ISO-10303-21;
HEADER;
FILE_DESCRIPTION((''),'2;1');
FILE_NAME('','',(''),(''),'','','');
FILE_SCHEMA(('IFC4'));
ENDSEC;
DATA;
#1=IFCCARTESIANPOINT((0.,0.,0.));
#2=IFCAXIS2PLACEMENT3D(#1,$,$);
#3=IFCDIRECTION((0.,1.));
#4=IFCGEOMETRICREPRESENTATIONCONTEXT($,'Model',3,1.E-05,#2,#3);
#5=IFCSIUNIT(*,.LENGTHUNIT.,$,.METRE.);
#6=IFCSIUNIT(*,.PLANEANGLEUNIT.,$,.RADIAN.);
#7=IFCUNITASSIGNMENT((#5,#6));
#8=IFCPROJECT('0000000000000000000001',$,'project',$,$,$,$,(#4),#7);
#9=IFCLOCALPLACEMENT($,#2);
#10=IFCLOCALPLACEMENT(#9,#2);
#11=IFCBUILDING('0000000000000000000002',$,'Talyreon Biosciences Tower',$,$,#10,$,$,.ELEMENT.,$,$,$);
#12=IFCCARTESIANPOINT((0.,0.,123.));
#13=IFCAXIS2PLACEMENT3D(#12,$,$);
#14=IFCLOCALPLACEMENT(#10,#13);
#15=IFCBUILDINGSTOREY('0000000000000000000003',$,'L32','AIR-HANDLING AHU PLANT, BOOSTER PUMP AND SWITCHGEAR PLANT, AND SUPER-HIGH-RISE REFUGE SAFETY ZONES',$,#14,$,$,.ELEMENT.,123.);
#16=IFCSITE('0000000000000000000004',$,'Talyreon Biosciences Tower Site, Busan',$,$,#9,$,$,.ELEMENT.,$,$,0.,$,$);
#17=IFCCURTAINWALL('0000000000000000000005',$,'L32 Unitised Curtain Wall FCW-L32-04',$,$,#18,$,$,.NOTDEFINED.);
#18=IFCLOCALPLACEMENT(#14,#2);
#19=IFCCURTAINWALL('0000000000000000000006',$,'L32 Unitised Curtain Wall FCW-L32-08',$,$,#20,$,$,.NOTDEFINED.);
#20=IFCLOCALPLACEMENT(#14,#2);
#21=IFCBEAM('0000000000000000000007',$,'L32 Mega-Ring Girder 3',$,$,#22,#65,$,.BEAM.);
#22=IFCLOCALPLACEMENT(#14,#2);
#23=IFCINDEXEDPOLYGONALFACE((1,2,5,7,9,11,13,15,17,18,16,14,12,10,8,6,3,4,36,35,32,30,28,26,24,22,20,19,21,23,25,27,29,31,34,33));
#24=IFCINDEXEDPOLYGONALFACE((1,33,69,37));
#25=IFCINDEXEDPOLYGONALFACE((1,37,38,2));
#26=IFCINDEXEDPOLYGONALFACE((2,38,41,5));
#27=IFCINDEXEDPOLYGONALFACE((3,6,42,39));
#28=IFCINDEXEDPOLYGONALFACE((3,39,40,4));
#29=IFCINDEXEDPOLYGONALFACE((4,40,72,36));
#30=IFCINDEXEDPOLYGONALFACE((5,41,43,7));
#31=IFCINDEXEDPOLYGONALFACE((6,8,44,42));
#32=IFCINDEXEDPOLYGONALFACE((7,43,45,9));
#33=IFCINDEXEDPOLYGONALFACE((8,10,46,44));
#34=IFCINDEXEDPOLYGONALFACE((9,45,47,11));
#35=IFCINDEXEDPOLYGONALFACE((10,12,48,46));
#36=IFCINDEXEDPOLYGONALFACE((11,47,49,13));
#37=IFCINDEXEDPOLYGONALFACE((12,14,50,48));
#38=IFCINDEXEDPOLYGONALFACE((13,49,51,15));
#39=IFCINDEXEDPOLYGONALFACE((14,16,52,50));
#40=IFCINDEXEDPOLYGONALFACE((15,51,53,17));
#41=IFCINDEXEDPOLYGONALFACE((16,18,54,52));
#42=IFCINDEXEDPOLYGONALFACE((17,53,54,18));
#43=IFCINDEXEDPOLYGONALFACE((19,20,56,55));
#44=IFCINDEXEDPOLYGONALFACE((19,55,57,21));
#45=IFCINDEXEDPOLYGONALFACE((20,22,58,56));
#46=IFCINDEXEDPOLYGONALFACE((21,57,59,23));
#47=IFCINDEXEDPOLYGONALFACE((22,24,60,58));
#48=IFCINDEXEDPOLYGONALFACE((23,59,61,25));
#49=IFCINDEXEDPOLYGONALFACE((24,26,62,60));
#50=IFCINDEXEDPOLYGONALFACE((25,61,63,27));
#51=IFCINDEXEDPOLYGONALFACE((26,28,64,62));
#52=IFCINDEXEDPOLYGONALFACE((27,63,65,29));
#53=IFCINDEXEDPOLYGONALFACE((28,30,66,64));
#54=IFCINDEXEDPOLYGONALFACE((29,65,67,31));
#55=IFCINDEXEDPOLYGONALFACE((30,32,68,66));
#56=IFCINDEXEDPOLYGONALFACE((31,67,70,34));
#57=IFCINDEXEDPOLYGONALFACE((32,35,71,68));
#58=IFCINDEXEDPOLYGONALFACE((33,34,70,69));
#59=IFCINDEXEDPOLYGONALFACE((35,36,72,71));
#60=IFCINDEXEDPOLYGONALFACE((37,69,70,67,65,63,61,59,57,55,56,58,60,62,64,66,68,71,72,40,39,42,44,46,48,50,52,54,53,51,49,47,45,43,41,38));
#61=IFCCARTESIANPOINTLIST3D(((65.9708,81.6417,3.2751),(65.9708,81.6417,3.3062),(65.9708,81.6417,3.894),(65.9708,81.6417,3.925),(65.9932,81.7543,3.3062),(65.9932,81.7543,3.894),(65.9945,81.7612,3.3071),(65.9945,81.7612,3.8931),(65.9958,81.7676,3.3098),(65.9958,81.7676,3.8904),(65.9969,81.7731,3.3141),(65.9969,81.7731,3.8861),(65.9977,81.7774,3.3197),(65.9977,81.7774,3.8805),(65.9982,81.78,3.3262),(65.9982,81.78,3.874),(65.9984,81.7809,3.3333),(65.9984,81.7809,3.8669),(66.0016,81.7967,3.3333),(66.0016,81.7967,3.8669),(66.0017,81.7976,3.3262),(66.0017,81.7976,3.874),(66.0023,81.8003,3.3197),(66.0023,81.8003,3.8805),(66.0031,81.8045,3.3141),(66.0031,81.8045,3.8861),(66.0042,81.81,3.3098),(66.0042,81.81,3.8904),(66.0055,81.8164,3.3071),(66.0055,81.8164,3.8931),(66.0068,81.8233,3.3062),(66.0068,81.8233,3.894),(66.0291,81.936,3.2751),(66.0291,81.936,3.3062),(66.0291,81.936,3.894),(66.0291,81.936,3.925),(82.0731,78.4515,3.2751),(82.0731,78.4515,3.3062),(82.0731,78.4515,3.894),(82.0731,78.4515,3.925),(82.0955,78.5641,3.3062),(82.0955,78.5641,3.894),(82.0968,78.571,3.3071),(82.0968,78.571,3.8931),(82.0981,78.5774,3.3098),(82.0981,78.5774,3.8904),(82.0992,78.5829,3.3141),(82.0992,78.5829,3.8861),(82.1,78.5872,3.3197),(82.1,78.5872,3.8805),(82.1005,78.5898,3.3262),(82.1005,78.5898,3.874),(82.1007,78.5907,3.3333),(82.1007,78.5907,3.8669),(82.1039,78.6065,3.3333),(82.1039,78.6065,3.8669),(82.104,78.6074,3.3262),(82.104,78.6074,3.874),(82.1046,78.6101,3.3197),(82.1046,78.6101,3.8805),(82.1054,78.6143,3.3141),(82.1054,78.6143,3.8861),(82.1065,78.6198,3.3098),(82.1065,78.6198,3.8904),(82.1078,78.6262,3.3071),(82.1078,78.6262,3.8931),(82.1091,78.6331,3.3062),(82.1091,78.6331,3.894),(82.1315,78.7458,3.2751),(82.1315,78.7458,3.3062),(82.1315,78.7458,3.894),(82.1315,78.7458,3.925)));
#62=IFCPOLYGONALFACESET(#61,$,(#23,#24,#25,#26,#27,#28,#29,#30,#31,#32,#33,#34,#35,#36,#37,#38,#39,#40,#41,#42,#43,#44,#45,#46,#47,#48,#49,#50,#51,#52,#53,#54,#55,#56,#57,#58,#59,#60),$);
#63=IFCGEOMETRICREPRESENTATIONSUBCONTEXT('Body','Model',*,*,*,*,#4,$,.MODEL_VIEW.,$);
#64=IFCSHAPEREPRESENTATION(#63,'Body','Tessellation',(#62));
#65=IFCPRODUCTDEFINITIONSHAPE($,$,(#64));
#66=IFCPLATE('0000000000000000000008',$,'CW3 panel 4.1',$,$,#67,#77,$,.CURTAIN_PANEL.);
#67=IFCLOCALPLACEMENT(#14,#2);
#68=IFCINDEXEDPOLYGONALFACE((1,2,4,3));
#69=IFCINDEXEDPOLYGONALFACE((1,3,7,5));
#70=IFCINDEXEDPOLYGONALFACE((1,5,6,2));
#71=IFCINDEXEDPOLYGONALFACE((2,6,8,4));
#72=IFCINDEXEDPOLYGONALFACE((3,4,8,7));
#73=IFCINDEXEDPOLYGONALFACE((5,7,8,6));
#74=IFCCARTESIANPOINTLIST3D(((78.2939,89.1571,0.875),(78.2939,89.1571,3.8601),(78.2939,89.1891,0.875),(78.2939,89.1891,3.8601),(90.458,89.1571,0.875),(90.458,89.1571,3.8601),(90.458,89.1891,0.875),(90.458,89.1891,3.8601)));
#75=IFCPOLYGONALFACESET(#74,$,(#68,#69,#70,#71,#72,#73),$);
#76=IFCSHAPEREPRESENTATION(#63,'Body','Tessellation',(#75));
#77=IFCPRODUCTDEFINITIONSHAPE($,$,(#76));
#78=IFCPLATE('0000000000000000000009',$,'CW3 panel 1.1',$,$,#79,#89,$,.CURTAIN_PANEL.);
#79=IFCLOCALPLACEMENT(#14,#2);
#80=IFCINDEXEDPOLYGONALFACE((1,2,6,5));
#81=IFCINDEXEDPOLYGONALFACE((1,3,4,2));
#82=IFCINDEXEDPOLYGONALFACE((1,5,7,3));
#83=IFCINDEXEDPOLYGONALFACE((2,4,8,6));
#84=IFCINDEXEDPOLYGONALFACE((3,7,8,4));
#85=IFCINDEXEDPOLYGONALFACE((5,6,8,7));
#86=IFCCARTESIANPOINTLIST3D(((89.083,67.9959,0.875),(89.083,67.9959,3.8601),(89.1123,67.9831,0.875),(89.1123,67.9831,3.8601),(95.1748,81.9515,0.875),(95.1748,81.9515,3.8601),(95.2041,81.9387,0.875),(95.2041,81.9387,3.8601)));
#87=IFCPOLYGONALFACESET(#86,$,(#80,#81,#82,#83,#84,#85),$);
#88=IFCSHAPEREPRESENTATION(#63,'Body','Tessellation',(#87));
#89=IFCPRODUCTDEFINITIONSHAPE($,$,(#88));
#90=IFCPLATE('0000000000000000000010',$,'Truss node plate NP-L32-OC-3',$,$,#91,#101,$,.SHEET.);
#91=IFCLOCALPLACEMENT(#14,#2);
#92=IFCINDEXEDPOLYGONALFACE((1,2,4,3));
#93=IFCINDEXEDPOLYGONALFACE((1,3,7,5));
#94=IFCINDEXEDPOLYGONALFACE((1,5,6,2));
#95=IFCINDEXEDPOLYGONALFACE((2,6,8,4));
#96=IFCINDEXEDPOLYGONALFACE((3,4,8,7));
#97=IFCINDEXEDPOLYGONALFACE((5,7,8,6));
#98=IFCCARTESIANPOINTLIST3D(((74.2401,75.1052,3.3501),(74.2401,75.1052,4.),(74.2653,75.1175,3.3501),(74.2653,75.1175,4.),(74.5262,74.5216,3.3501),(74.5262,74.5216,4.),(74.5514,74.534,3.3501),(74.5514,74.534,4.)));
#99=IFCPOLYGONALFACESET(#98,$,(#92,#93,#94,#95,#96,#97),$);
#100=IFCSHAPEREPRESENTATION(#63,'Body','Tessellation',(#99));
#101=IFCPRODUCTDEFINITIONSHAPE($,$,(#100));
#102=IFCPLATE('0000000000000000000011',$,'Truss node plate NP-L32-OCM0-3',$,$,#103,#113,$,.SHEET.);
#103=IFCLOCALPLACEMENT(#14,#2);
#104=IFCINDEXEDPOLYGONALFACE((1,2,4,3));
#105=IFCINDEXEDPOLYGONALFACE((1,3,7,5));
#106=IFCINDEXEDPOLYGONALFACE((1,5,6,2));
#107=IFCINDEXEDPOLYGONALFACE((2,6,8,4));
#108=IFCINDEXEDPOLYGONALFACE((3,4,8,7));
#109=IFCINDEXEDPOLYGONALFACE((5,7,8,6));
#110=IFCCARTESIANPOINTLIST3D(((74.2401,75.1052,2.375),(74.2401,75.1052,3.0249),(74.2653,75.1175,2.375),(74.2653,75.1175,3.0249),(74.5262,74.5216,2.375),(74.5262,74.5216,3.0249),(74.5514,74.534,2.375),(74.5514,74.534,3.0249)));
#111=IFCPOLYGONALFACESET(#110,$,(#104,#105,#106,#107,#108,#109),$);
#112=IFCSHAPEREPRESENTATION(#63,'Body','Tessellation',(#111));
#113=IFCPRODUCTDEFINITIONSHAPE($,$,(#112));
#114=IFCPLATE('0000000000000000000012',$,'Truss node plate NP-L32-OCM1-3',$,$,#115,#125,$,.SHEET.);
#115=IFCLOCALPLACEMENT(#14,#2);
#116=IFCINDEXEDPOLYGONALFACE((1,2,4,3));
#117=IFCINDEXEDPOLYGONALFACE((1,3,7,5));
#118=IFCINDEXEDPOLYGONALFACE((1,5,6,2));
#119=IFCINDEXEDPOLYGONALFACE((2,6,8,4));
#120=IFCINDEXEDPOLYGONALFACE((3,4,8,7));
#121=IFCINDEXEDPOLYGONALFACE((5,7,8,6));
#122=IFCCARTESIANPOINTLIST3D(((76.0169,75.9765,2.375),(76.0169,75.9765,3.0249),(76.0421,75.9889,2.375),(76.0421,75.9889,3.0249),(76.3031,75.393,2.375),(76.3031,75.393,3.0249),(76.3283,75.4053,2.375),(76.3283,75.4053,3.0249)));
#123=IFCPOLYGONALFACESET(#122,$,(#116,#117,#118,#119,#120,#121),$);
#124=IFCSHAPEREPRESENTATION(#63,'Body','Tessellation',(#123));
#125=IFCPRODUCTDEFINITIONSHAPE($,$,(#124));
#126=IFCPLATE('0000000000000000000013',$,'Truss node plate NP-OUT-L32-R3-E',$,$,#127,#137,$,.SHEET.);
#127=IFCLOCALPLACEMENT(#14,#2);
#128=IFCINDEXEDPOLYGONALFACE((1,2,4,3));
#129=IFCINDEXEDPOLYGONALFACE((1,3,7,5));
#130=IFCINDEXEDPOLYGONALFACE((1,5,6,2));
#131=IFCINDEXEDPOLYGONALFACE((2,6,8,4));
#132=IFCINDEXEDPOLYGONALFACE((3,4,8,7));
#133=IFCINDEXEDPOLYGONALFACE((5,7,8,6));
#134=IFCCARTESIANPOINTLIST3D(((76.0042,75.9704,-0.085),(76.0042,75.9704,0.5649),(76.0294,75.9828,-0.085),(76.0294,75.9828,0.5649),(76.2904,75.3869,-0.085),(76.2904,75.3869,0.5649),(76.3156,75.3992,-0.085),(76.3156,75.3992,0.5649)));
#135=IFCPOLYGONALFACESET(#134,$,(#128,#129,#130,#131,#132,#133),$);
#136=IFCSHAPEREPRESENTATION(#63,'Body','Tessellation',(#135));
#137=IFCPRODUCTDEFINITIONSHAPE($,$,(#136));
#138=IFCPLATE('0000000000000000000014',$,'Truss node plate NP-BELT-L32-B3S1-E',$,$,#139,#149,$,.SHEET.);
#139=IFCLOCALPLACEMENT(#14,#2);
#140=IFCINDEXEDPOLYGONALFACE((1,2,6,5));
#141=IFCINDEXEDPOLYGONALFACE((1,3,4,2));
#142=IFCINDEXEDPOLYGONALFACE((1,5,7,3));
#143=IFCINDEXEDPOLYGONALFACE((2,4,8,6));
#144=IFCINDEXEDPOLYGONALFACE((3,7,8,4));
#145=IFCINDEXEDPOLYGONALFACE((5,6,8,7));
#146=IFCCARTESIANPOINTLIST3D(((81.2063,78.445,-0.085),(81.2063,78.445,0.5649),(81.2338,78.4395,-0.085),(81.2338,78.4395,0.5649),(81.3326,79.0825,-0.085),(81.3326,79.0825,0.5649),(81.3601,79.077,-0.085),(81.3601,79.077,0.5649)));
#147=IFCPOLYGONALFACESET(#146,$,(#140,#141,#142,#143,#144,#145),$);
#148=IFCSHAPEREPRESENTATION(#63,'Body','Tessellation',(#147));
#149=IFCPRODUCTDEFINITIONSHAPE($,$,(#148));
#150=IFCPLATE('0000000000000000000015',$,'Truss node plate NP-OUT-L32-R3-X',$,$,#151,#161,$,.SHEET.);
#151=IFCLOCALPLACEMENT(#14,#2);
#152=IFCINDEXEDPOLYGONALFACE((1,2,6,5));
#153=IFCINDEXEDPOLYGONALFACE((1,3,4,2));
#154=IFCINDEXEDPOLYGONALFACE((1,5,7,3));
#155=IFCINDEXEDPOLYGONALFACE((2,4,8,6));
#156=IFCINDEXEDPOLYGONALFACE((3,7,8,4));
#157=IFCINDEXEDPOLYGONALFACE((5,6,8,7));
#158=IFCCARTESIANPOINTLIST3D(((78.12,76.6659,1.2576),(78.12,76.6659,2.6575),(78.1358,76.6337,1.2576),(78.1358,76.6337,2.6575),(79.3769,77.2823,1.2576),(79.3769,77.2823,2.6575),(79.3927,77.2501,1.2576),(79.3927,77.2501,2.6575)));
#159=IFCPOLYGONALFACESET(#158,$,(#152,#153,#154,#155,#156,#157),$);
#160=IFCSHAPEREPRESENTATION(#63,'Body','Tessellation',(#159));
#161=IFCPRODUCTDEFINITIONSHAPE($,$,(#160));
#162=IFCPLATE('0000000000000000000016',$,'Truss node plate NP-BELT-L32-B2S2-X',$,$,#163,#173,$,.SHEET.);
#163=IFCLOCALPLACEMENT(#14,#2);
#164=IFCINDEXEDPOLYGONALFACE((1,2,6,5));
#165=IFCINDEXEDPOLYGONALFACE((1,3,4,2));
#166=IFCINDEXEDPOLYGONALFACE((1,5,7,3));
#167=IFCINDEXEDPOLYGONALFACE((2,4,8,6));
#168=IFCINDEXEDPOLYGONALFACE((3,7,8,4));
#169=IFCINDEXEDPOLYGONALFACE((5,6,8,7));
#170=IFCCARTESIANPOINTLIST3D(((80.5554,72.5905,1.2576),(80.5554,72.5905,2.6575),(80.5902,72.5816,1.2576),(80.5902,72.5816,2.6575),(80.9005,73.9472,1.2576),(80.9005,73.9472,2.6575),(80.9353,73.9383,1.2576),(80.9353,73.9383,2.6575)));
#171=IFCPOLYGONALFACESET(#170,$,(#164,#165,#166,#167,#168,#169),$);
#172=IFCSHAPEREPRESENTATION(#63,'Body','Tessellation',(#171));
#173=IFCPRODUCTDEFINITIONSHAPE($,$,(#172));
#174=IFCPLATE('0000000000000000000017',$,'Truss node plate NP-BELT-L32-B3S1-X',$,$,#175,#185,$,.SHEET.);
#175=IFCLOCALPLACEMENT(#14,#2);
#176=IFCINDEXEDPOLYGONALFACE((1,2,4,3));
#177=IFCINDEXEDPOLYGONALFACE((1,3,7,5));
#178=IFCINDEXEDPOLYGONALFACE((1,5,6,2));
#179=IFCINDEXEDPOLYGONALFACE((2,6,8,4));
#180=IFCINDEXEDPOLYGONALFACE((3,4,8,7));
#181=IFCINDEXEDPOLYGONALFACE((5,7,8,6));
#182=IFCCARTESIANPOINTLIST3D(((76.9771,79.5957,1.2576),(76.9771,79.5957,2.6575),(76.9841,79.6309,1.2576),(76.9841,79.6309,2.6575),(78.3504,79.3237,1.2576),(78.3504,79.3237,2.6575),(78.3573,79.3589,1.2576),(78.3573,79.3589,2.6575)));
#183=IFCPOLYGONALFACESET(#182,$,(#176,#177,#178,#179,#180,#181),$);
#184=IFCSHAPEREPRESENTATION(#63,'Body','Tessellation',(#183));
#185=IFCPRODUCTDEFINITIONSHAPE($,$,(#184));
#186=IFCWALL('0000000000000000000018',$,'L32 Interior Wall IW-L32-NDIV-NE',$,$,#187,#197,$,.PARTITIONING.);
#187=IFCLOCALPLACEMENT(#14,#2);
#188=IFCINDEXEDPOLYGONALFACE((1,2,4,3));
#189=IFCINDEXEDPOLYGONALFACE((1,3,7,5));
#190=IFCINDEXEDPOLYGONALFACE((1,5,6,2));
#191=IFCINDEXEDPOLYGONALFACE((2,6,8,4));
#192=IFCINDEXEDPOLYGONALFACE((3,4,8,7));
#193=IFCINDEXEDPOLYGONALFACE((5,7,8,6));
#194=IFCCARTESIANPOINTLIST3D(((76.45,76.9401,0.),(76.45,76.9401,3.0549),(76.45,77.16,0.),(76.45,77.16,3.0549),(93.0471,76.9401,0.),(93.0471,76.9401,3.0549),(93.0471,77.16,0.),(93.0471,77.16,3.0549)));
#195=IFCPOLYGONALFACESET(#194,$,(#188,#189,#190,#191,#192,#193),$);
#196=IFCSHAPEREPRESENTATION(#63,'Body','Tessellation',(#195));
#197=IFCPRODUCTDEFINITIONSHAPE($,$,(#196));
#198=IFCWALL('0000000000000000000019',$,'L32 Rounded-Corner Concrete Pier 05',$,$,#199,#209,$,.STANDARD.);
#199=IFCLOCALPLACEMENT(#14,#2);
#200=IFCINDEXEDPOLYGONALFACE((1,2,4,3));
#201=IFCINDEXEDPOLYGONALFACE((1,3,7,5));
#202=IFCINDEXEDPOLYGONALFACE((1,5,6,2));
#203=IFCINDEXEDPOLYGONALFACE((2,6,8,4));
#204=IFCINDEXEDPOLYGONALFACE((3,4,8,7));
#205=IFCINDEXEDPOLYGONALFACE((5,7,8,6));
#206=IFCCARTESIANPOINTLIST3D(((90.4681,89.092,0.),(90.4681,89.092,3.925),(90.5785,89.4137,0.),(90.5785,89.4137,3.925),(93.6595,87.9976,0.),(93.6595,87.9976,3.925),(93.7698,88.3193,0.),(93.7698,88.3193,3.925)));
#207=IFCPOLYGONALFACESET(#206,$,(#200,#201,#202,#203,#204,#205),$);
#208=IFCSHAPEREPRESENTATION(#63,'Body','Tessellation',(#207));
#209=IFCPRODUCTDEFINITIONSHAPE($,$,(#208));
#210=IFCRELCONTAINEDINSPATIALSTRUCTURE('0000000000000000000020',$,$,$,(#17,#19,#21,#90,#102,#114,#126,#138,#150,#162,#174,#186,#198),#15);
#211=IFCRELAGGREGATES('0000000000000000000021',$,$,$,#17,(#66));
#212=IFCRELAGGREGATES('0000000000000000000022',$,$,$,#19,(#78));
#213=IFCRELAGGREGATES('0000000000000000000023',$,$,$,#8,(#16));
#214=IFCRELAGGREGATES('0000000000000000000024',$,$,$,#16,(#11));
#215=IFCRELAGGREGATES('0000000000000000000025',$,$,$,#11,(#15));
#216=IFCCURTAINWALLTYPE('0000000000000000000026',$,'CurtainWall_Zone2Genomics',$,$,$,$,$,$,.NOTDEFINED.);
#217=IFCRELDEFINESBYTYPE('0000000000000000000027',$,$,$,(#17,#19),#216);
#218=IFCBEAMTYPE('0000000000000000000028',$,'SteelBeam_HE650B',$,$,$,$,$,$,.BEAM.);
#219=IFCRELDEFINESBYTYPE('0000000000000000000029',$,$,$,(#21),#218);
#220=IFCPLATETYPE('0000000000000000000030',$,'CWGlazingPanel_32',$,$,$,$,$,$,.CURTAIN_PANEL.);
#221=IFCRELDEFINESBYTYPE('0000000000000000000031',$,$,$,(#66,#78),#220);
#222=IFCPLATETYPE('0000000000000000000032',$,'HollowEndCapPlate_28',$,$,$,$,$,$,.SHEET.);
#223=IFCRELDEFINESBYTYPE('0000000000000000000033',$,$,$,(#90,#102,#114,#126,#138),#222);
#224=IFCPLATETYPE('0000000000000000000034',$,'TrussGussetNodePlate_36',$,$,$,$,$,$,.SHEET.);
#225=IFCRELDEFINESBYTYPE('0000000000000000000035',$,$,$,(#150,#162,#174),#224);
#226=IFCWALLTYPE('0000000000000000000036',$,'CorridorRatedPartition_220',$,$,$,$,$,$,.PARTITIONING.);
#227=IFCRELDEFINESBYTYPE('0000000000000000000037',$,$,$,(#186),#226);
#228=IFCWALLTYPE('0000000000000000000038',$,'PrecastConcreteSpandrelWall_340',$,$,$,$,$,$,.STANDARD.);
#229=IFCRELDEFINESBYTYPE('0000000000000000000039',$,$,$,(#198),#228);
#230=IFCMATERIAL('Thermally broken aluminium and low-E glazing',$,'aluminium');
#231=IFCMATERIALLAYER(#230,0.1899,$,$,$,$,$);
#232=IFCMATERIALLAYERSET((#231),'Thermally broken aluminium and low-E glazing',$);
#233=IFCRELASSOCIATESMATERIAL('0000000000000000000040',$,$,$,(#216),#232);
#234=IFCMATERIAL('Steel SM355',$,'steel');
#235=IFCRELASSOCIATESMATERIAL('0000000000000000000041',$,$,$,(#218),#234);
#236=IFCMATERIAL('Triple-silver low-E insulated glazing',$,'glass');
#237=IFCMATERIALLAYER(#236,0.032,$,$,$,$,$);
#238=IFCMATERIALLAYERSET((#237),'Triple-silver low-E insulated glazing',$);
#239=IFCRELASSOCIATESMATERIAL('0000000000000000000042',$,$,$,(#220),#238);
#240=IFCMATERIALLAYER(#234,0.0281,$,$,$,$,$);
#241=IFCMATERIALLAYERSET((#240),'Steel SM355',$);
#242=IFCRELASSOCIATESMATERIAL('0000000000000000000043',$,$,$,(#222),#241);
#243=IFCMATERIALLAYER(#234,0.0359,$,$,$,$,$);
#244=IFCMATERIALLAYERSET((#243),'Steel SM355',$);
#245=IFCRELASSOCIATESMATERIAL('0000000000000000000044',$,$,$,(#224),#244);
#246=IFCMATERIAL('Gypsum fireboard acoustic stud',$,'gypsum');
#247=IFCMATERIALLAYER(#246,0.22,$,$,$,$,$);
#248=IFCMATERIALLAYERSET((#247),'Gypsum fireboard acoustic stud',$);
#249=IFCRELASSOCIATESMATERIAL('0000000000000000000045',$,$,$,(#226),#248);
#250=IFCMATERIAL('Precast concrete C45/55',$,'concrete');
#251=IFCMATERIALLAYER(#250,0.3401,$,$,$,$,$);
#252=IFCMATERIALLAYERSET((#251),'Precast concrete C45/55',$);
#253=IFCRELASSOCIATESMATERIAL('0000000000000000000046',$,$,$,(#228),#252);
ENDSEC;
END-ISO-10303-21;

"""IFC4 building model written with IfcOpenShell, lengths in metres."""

from ifc_helpers import new_model, si_unit, direction, frame, frame_2d, origin, origin_2d, place, context, subcontext, project, spatial, rectangle, i_section, extrude, material, layer, layer_set, material_profile, profile_set, type_object, element, aggregate, save


model = new_model("IFC4")

# Units and contexts
model_context = context("Model", 3, precision=1e-05, world=origin(), true_north=direction((0.0, 1.0)))
body_context = subcontext(model_context, "Body", "Model", "MODEL_VIEW")
ifc_project = project(units=[si_unit("LENGTHUNIT", "METRE"), si_unit("PLANEANGLEUNIT", "RADIAN")], contexts=[model_context])

# Site, building, storey
site_placement = place(None, origin())
site = spatial("IfcSite", under=ifc_project, at=site_placement, Name="Talyreon Biosciences Tower Site, Busan", CompositionType="ELEMENT", RefElevation=0.0)
building_placement = place(site_placement, origin())
building = spatial("IfcBuilding", under=site, at=building_placement, Name="Talyreon Biosciences Tower", CompositionType="ELEMENT")
storey_placement = place(building_placement, frame((0.0, 0.0, 123.0)))
storey = spatial("IfcBuildingStorey", under=building, at=storey_placement, Name="L32", Description="AIR-HANDLING AHU PLANT, BOOSTER PUMP AND SWITCHGEAR PLANT, AND SUPER-HIGH-RISE REFUGE SAFETY ZONES", CompositionType="ELEMENT", Elevation=123.0)

# Shared definitions
ifc_material_1 = material(Name="Steel SM355", Category="steel")

# Curtain wall
ifc_material_2 = material(Name="Thermally broken aluminium and low-E glazing", Category="aluminium")
ifc_layer_1 = layer(ifc_material_2, 0.1899)
ifc_layer_set_1 = layer_set([ifc_layer_1], Name="Thermally broken aluminium and low-E glazing")
curtain_wall_type = type_object("IfcCurtainWallType", Name="CurtainWall_Zone2Genomics", PredefinedType="NOTDEFINED", material=ifc_layer_set_1)
curtain_wall_1_placement = place(storey_placement, origin())
curtain_wall_1 = element("IfcCurtainWall", 1, at=curtain_wall_1_placement, inside=storey, type_object=curtain_wall_type, Name="L32 Unitised Curtain Wall FCW-L32-04", PredefinedType="NOTDEFINED")

# Curtain wall
curtain_wall_2_placement = place(storey_placement, origin())
curtain_wall_2 = element("IfcCurtainWall", 2, at=curtain_wall_2_placement, inside=storey, type_object=curtain_wall_type, Name="L32 Unitised Curtain Wall FCW-L32-08", PredefinedType="NOTDEFINED")

# Shared definitions
ifc_material_3 = material(Name="Precast concrete C45/55", Category="concrete")

# Beam
ifc_material_profile_1 = material_profile(ifc_material_1, i_section(OverallWidth=0.3, OverallDepth=0.6499, WebThickness=0.0161, FlangeThickness=0.031, FilletRadius=0.0271, at=origin_2d()), Name="HE650B")
ifc_profile_set_1 = profile_set([ifc_material_profile_1], Name="Steel SM355")
beam_type_1 = type_object("IfcBeamType", Name="SteelBeam_HE650B", PredefinedType="BEAM", material=ifc_profile_set_1)
beam_1_placement = place(storey_placement, frame((82.1023, 78.5986, 3.6001), z_axis=(-0.980934, 0.194343, 0.0), x_axis=(-0.194343, -0.980934, 0.0)))
element("IfcBeam", 3, at=beam_1_placement, inside=storey, type_object=beam_type_1, Name="L32 Mega-Ring Girder 3", PredefinedType="BEAM", context=body_context, shape_type="SweptSolid", body=[
    extrude(i_section(OverallWidth=0.3, OverallDepth=0.6499, WebThickness=0.0161, FlangeThickness=0.031, FilletRadius=0.0271, at=origin_2d()), origin(), (0.0, 0.0, 1.0), 16.4153),
])

# Plates
ifc_material_4 = material(Name="Triple-silver low-E insulated glazing", Category="glass")
ifc_layer_2 = layer(ifc_material_4, 0.032)
ifc_layer_set_2 = layer_set([ifc_layer_2], Name="Triple-silver low-E insulated glazing")
plate_type_1 = type_object("IfcPlateType", Name="CWGlazingPanel_32", PredefinedType="CURTAIN_PANEL", material=ifc_layer_set_2)
plate_1_placement = place(storey_placement, frame((84.376, 89.1731, 0.875), z_axis=(0.0, 0.0, 1.0), x_axis=(1.0, 0.0, 0.0)))
plate_1 = element("IfcPlate", 4, at=plate_1_placement, type_object=plate_type_1, Name="CW3 panel 4.1", PredefinedType="CURTAIN_PANEL", context=body_context, shape_type="SweptSolid", body=[
    extrude(rectangle(XDim=12.1641, YDim=0.032, at=origin_2d()), origin(), (0.0, 0.0, 1.0), 2.9851),
])
aggregate(curtain_wall_1, [plate_1])
plate_2_placement = place(storey_placement, frame((92.1436, 74.9673, 0.875), z_axis=(0.0, 0.0, 1.0), x_axis=(-0.400058, -0.91649, 0.0)))
plate_2 = element("IfcPlate", 5, at=plate_2_placement, type_object=plate_type_1, Name="CW3 panel 1.1", PredefinedType="CURTAIN_PANEL", context=body_context, shape_type="SweptSolid", body=[
    extrude(rectangle(XDim=15.2273, YDim=0.032, at=origin_2d()), origin(), (0.0, 0.0, 1.0), 2.9851),
])
aggregate(curtain_wall_2, [plate_2])

# Plates
ifc_layer_3 = layer(ifc_material_1, 0.0281)
ifc_layer_set_3 = layer_set([ifc_layer_3], Name="Steel SM355")
plate_type_2 = type_object("IfcPlateType", Name="HollowEndCapPlate_28", PredefinedType="SHEET", material=ifc_layer_set_3)
for number, where, z_axis, x_axis, name in (
    (6, (74.3958, 74.8196, 3.3501), (0.0, 0.0, 1.0), (-0.440284, 0.897859, 0.0), "Truss node plate NP-L32-OC-3"),
    (7, (74.3958, 74.8196, 2.375), (0.0, 0.0, 1.0), (-0.440284, 0.897859, 0.0), "Truss node plate NP-L32-OCM0-3"),
    (8, (76.1726, 75.6909, 2.375), (0.0, 0.0, 1.0), (-0.440284, 0.897859, 0.0), "Truss node plate NP-L32-OCM1-3"),
    (9, (76.1599, 75.6848, -0.085), (0.0, 0.0, 1.0), (-0.440284, 0.897859, 0.0), "Truss node plate NP-OUT-L32-R3-E"),
    (10, (81.2832, 78.761, -0.085), (0.0, 0.0, 1.0), (-0.194337, -0.980935, 0.0), "Truss node plate NP-BELT-L32-B3S1-E"),
):
    element("IfcPlate", number, at=place(storey_placement, frame(where, z_axis=z_axis, x_axis=x_axis)), inside=storey, type_object=plate_type_2, Name=name, PredefinedType="SHEET", context=body_context, shape_type="SweptSolid", body=[
        extrude(rectangle(XDim=0.6499, YDim=0.0281, at=origin_2d()), origin(), (0.0, 0.0, 1.0), 0.6499),
    ])
ifc_layer_4 = layer(ifc_material_1, 0.0359)
ifc_layer_set_4 = layer_set([ifc_layer_4], Name="Steel SM355")
plate_type_3 = type_object("IfcPlateType", Name="TrussGussetNodePlate_36", PredefinedType="SHEET", material=ifc_layer_set_4)
for number, where, z_axis, x_axis, name in (
    (11, (78.7563, 76.958, 1.2576), (0.0, 0.0, 1.0), (0.897859, 0.440284, 0.0), "Truss node plate NP-OUT-L32-R3-X"),
    (12, (80.7454, 73.2644, 1.2576), (0.0, 0.0, 1.0), (0.246542, 0.969132, 0.0), "Truss node plate NP-BELT-L32-B2S2-X"),
    (13, (77.6672, 79.4773, 1.2576), (0.0, 0.0, 1.0), (-0.980935, 0.194337, 0.0), "Truss node plate NP-BELT-L32-B3S1-X"),
):
    element("IfcPlate", number, at=place(storey_placement, frame(where, z_axis=z_axis, x_axis=x_axis)), inside=storey, type_object=plate_type_3, Name=name, PredefinedType="SHEET", context=body_context, shape_type="SweptSolid", body=[
        extrude(rectangle(XDim=1.3999, YDim=0.0359, at=origin_2d()), origin(), (0.0, 0.0, 1.0), 1.3999),
    ])

# Walls
ifc_material_5 = material(Name="Gypsum fireboard acoustic stud", Category="gypsum")
ifc_layer_5 = layer(ifc_material_5, 0.22)
ifc_layer_set_5 = layer_set([ifc_layer_5], Name="Gypsum fireboard acoustic stud")
wall_type_1 = type_object("IfcWallType", Name="CorridorRatedPartition_220", PredefinedType="PARTITIONING", material=ifc_layer_set_5)
wall_1_placement = place(storey_placement, frame((76.45, 77.05, 0.0), z_axis=(0.0, 0.0, 1.0), x_axis=(1.0, 0.0, 0.0)))
element("IfcWall", 14, at=wall_1_placement, inside=storey, type_object=wall_type_1, Name="L32 Interior Wall IW-L32-NDIV-NE", PredefinedType="PARTITIONING", context=body_context, shape_type="SweptSolid", body=[
    extrude(rectangle(XDim=16.5972, YDim=0.22, at=frame_2d((8.2986, 0.0))), origin(), (0.0, 0.0, 1.0), 3.0549),
])
ifc_layer_6 = layer(ifc_material_3, 0.3401)
ifc_layer_set_6 = layer_set([ifc_layer_6], Name="Precast concrete C45/55")
wall_type_2 = type_object("IfcWallType", Name="PrecastConcreteSpandrelWall_340", PredefinedType="STANDARD", material=ifc_layer_set_6)
for number, where, z_axis, x_axis, name in (
    (15, (90.5232, 89.2529, 0.0), (0.0, 0.0, 1.0), (0.94592, -0.3244, 0.0), "L32 Rounded-Corner Concrete Pier 05"),
):
    element("IfcWall", number, at=place(storey_placement, frame(where, z_axis=z_axis, x_axis=x_axis)), inside=storey, type_object=wall_type_2, Name=name, PredefinedType="STANDARD", context=body_context, shape_type="SweptSolid", body=[
        extrude(rectangle(XDim=3.3738, YDim=0.3401, at=frame_2d((1.687, 0.0))), origin(), (0.0, 0.0, 1.0), 3.925),
    ])

save(model, "model.ifc")
